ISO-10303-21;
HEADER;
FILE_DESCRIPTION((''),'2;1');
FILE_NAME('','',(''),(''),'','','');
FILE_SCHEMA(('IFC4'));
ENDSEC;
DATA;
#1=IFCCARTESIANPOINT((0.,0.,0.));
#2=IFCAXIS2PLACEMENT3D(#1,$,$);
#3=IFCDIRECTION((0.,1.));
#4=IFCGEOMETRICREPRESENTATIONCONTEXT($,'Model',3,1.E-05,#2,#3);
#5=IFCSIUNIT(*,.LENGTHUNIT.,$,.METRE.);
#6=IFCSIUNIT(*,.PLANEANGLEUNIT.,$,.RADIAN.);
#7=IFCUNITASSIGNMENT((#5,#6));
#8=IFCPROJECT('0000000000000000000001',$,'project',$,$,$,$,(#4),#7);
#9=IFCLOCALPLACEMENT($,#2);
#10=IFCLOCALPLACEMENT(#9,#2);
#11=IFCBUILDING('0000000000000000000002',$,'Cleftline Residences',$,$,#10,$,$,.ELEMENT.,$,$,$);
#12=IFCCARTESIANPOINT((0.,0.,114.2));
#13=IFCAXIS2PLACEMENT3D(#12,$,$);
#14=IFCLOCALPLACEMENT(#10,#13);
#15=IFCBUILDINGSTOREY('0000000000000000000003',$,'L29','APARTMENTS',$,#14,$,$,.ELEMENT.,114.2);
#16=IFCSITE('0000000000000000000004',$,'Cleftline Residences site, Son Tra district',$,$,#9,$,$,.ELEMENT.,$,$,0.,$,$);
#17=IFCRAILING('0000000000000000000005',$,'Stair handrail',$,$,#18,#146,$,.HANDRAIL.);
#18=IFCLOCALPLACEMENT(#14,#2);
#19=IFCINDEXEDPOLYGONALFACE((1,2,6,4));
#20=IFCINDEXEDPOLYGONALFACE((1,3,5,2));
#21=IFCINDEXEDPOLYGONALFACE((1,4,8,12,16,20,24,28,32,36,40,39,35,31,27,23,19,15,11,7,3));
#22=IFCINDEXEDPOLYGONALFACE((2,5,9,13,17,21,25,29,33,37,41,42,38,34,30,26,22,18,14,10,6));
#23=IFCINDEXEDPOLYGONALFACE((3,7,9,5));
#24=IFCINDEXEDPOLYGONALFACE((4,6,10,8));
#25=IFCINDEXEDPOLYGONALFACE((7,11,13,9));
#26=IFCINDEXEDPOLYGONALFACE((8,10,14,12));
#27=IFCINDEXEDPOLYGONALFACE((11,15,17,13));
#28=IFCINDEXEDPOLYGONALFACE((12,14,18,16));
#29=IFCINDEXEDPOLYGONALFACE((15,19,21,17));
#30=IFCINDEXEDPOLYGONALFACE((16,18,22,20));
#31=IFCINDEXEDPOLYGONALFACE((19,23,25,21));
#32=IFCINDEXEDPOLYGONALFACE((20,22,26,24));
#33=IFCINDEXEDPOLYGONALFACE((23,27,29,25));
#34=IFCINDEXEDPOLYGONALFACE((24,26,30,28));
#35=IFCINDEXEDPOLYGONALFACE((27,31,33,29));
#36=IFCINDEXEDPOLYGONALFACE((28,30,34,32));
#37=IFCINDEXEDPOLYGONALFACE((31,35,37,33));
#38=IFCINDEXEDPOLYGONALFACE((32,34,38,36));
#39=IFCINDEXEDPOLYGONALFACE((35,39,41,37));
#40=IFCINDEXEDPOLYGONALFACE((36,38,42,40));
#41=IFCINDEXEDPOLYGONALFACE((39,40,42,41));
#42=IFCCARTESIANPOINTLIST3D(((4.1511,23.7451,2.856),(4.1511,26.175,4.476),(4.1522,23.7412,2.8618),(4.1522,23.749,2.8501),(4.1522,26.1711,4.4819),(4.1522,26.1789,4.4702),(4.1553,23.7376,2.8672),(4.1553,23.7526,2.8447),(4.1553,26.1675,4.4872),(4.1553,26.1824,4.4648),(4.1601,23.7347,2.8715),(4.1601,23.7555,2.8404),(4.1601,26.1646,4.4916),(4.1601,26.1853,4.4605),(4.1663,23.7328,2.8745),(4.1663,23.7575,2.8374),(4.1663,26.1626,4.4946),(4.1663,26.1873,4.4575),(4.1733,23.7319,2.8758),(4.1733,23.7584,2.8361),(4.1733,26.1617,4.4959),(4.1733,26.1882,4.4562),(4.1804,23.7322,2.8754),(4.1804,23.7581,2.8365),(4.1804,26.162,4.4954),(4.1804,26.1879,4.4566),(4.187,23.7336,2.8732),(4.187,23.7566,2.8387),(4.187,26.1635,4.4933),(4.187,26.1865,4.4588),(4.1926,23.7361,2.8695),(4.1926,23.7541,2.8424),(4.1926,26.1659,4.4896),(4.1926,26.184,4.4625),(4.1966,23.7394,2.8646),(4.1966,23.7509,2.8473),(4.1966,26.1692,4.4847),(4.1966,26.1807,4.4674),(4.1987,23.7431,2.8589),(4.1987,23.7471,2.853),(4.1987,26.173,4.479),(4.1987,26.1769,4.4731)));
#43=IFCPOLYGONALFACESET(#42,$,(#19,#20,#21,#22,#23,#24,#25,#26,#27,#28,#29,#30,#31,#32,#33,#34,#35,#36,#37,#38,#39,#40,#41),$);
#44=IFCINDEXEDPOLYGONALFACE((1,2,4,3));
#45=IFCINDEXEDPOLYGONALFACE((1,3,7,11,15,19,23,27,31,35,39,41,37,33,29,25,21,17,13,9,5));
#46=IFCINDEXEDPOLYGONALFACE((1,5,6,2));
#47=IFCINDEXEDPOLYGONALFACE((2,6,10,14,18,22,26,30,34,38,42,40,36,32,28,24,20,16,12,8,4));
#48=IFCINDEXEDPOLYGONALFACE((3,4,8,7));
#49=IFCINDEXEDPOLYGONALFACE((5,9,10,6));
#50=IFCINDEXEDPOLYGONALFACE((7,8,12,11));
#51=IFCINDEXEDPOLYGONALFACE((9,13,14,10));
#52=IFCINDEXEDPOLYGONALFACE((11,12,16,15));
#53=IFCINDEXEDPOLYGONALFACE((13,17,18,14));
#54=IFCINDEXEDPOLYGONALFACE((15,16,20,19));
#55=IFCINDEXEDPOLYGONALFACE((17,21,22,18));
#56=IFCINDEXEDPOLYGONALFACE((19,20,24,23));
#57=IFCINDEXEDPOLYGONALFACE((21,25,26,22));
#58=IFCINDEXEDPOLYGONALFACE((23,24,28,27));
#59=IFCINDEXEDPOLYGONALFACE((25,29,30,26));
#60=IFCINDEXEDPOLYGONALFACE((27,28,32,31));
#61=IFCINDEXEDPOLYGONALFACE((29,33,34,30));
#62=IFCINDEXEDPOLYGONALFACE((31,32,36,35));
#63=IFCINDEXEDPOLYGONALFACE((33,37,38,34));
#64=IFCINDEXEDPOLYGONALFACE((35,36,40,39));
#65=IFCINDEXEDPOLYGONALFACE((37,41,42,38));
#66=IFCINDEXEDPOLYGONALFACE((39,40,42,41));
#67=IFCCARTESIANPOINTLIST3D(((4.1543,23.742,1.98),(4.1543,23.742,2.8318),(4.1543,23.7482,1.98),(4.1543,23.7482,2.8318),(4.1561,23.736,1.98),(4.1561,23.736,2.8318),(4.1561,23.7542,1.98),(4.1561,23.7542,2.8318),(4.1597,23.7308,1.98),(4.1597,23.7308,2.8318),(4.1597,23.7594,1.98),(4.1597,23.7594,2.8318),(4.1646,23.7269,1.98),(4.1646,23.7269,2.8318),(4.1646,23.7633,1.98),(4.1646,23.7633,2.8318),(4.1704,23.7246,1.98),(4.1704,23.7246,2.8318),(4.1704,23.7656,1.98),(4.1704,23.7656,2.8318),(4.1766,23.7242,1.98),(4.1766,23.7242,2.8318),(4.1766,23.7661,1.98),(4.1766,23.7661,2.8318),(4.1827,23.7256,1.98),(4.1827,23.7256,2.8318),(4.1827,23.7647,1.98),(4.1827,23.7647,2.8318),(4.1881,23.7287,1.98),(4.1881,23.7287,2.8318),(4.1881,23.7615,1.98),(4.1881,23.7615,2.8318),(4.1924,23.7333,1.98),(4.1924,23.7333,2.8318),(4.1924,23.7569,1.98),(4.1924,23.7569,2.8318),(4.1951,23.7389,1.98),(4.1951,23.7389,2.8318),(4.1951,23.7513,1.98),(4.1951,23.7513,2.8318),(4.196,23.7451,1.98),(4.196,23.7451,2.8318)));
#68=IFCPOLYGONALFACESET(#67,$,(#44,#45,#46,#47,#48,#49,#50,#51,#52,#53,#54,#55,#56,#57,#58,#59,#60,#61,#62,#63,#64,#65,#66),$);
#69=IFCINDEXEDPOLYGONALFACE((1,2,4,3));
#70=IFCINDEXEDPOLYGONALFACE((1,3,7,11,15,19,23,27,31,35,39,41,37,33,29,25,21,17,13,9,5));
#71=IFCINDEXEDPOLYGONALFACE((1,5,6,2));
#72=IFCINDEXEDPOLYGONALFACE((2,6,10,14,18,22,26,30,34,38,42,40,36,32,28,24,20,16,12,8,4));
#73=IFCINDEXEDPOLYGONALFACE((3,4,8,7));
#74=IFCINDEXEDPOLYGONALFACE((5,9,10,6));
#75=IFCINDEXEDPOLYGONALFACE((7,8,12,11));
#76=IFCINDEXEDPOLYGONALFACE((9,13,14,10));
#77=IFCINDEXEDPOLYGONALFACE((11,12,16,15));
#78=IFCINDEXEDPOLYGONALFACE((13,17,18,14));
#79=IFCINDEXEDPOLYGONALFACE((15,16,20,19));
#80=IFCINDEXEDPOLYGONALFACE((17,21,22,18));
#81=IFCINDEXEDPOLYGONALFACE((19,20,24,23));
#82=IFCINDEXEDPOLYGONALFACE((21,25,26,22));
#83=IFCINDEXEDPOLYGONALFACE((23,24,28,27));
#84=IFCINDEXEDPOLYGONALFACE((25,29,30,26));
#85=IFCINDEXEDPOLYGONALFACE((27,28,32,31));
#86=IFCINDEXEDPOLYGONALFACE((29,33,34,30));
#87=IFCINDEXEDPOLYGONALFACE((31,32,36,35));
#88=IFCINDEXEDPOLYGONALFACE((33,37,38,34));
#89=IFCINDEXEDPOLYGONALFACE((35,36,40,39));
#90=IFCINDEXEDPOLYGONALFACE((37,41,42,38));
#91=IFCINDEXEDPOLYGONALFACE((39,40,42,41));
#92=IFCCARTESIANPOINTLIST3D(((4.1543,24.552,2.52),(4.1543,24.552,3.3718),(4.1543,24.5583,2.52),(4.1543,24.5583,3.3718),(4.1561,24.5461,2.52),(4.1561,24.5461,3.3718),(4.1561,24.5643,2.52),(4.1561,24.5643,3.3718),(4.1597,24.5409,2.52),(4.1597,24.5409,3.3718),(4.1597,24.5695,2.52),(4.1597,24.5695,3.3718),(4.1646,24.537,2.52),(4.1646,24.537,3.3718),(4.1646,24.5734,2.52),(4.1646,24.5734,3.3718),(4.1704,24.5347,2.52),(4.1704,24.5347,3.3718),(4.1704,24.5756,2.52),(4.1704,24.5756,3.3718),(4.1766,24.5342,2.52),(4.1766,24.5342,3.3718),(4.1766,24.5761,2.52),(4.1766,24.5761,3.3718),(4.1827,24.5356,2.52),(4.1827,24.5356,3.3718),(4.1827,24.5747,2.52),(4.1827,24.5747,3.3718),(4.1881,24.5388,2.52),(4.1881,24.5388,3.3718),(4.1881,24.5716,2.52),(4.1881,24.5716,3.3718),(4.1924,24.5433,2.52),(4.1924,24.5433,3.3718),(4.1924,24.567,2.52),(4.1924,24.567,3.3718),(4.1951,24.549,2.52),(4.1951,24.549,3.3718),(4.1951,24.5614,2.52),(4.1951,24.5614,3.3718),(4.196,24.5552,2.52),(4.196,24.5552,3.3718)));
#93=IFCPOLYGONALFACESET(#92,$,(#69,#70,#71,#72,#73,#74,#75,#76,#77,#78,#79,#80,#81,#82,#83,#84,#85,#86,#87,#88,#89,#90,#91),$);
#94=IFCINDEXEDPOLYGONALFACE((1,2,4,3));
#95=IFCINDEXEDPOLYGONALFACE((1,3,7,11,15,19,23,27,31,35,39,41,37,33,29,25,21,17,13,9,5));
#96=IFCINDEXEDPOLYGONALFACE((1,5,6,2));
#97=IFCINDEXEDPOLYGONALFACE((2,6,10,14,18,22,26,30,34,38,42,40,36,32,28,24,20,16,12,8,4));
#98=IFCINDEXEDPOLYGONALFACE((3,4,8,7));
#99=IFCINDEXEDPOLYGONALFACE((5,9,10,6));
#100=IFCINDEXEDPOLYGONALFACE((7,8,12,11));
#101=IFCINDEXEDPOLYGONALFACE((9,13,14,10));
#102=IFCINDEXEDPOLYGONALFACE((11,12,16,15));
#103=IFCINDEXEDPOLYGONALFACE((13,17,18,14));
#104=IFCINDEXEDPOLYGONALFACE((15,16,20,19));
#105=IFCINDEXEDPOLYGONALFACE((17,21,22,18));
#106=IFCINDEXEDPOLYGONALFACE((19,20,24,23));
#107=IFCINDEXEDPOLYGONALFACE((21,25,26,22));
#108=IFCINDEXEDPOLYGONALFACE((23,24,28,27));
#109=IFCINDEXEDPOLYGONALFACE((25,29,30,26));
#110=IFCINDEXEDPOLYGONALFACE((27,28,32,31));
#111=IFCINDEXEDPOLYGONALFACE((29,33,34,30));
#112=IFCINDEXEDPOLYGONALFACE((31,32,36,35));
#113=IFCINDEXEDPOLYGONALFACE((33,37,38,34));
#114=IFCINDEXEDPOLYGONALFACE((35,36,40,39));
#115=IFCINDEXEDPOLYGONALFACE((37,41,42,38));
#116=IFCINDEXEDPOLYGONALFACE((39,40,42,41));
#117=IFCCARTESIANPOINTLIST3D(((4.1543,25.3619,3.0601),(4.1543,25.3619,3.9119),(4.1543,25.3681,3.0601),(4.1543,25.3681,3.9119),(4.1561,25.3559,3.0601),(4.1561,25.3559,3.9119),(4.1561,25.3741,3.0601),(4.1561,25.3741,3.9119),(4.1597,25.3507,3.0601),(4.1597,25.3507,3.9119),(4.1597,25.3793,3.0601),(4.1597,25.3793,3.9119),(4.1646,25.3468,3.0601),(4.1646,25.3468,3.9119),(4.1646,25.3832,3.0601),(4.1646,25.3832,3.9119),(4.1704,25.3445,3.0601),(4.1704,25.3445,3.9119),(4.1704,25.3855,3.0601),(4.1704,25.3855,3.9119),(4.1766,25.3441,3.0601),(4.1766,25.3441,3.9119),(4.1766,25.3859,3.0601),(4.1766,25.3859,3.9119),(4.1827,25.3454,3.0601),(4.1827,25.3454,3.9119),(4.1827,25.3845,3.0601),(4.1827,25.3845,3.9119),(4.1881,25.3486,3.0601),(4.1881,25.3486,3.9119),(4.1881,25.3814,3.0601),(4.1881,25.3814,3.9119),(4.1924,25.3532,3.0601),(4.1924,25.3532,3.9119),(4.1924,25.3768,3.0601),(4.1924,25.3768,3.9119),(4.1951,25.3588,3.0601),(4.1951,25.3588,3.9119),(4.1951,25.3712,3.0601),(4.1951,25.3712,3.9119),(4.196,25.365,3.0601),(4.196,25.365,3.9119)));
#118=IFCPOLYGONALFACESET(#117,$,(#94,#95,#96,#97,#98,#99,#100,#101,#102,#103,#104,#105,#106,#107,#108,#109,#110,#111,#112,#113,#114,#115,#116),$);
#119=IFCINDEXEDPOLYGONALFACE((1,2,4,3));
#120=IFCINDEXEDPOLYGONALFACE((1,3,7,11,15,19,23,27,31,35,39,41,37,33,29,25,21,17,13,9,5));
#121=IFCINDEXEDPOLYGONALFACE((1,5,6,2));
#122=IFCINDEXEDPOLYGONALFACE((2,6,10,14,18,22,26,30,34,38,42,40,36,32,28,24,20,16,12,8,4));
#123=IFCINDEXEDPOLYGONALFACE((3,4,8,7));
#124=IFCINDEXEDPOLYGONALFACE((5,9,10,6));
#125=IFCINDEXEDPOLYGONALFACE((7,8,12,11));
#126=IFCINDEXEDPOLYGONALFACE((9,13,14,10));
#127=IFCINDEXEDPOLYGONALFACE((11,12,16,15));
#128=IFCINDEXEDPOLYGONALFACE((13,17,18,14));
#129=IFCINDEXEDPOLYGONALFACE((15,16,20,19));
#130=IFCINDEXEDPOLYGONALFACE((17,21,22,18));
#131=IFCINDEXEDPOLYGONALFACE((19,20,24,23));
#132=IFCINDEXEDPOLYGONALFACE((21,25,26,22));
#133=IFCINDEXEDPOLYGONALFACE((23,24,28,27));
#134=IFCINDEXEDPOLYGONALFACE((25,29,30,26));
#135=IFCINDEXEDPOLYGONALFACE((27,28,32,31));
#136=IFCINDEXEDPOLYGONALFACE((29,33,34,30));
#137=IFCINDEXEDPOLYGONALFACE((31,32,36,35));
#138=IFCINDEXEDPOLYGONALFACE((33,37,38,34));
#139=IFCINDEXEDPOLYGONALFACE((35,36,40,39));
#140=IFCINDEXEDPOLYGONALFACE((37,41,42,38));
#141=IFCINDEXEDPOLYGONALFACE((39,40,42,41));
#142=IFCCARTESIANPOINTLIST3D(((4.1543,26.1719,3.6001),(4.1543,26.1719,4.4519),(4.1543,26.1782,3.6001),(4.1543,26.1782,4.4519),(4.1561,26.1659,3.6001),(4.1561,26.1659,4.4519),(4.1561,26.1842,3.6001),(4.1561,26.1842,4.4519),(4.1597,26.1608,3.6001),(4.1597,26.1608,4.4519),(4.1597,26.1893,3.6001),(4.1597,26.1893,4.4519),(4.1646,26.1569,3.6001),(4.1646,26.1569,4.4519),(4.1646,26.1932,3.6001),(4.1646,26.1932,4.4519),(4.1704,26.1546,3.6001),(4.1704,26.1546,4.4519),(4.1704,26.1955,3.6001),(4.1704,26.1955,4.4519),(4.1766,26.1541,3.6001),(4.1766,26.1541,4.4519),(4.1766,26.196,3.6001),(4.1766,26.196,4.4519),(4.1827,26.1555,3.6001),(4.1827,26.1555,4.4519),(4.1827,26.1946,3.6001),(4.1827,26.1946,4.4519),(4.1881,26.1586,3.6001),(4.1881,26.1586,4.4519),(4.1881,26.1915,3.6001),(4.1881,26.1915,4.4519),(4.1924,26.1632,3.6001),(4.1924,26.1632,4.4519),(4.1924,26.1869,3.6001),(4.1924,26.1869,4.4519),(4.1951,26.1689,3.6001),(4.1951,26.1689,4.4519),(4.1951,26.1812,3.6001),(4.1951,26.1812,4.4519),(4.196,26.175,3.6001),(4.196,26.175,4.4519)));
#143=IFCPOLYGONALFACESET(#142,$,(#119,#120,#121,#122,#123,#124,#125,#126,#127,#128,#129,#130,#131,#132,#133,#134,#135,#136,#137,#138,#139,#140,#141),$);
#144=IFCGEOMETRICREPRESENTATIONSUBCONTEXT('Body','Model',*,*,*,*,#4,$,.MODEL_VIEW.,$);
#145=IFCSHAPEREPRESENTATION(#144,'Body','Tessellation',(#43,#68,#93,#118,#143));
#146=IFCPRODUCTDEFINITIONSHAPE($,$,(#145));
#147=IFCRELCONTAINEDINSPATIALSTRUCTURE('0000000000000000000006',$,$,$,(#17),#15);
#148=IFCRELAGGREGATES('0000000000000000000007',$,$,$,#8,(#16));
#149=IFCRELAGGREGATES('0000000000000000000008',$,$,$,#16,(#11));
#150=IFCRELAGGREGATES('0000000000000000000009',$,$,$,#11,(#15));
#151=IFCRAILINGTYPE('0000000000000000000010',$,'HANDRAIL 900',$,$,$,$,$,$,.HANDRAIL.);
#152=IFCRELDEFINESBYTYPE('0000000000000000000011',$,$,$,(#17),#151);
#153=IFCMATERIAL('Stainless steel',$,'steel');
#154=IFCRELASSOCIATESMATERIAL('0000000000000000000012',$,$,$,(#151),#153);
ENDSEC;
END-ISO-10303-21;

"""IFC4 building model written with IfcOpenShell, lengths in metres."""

from ifc_helpers import new_model, si_unit, direction, frame, origin, origin_2d, place, context, subcontext, project, spatial, circle, extrude, material, type_object, element, save


model = new_model("IFC4")

# Units and contexts
model_context = context("Model", 3, precision=1e-05, world=origin(), true_north=direction((0.0, 1.0)))
body_context = subcontext(model_context, "Body", "Model", "MODEL_VIEW")
ifc_project = project(units=[si_unit("LENGTHUNIT", "METRE"), si_unit("PLANEANGLEUNIT", "RADIAN")], contexts=[model_context])

# Site, building, storey
site_placement = place(None, origin())
site = spatial("IfcSite", under=ifc_project, at=site_placement, Name="Cleftline Residences site, Son Tra district", CompositionType="ELEMENT", RefElevation=0.0)
building_placement = place(site_placement, origin())
building = spatial("IfcBuilding", under=site, at=building_placement, Name="Cleftline Residences", CompositionType="ELEMENT")
storey_placement = place(building_placement, frame((0.0, 0.0, 114.2)))
storey = spatial("IfcBuildingStorey", under=building, at=storey_placement, Name="L29", Description="APARTMENTS", CompositionType="ELEMENT", Elevation=114.2)

# Railing
ifc_material_1 = material(Name="Stainless steel", Category="steel")
railing_type = type_object("IfcRailingType", Name="HANDRAIL 900", PredefinedType="HANDRAIL", material=ifc_material_1)
railing_placement = place(storey_placement, frame((4.175, 23.7451, 1.98)))
element("IfcRailing", 1, at=railing_placement, inside=storey, type_object=railing_type, Name="Stair handrail", PredefinedType="HANDRAIL", context=body_context, shape_type="SweptSolid", body=[
    extrude(circle(Radius=0.0239, at=origin_2d()), frame((0.0, 0.0, 0.876), z_axis=(0.0, 0.832025, 0.554739), x_axis=(-1.0, 0.0, 0.0)), (0.0, 0.0, 1.0), 2.9204),
    extrude(circle(Radius=0.021, at=origin_2d()), origin(), (0.0, 0.0, 1.0), 0.8518),
    extrude(circle(Radius=0.021, at=origin_2d()), frame((0.0, 0.8101, 0.54)), (0.0, 0.0, 1.0), 0.8518),
    extrude(circle(Radius=0.021, at=origin_2d()), frame((0.0, 1.6199, 1.0801)), (0.0, 0.0, 1.0), 0.8518),
    extrude(circle(Radius=0.021, at=origin_2d()), frame((0.0, 2.4299, 1.6201)), (0.0, 0.0, 1.0), 0.8518),
])

save(model, "model.ifc")
